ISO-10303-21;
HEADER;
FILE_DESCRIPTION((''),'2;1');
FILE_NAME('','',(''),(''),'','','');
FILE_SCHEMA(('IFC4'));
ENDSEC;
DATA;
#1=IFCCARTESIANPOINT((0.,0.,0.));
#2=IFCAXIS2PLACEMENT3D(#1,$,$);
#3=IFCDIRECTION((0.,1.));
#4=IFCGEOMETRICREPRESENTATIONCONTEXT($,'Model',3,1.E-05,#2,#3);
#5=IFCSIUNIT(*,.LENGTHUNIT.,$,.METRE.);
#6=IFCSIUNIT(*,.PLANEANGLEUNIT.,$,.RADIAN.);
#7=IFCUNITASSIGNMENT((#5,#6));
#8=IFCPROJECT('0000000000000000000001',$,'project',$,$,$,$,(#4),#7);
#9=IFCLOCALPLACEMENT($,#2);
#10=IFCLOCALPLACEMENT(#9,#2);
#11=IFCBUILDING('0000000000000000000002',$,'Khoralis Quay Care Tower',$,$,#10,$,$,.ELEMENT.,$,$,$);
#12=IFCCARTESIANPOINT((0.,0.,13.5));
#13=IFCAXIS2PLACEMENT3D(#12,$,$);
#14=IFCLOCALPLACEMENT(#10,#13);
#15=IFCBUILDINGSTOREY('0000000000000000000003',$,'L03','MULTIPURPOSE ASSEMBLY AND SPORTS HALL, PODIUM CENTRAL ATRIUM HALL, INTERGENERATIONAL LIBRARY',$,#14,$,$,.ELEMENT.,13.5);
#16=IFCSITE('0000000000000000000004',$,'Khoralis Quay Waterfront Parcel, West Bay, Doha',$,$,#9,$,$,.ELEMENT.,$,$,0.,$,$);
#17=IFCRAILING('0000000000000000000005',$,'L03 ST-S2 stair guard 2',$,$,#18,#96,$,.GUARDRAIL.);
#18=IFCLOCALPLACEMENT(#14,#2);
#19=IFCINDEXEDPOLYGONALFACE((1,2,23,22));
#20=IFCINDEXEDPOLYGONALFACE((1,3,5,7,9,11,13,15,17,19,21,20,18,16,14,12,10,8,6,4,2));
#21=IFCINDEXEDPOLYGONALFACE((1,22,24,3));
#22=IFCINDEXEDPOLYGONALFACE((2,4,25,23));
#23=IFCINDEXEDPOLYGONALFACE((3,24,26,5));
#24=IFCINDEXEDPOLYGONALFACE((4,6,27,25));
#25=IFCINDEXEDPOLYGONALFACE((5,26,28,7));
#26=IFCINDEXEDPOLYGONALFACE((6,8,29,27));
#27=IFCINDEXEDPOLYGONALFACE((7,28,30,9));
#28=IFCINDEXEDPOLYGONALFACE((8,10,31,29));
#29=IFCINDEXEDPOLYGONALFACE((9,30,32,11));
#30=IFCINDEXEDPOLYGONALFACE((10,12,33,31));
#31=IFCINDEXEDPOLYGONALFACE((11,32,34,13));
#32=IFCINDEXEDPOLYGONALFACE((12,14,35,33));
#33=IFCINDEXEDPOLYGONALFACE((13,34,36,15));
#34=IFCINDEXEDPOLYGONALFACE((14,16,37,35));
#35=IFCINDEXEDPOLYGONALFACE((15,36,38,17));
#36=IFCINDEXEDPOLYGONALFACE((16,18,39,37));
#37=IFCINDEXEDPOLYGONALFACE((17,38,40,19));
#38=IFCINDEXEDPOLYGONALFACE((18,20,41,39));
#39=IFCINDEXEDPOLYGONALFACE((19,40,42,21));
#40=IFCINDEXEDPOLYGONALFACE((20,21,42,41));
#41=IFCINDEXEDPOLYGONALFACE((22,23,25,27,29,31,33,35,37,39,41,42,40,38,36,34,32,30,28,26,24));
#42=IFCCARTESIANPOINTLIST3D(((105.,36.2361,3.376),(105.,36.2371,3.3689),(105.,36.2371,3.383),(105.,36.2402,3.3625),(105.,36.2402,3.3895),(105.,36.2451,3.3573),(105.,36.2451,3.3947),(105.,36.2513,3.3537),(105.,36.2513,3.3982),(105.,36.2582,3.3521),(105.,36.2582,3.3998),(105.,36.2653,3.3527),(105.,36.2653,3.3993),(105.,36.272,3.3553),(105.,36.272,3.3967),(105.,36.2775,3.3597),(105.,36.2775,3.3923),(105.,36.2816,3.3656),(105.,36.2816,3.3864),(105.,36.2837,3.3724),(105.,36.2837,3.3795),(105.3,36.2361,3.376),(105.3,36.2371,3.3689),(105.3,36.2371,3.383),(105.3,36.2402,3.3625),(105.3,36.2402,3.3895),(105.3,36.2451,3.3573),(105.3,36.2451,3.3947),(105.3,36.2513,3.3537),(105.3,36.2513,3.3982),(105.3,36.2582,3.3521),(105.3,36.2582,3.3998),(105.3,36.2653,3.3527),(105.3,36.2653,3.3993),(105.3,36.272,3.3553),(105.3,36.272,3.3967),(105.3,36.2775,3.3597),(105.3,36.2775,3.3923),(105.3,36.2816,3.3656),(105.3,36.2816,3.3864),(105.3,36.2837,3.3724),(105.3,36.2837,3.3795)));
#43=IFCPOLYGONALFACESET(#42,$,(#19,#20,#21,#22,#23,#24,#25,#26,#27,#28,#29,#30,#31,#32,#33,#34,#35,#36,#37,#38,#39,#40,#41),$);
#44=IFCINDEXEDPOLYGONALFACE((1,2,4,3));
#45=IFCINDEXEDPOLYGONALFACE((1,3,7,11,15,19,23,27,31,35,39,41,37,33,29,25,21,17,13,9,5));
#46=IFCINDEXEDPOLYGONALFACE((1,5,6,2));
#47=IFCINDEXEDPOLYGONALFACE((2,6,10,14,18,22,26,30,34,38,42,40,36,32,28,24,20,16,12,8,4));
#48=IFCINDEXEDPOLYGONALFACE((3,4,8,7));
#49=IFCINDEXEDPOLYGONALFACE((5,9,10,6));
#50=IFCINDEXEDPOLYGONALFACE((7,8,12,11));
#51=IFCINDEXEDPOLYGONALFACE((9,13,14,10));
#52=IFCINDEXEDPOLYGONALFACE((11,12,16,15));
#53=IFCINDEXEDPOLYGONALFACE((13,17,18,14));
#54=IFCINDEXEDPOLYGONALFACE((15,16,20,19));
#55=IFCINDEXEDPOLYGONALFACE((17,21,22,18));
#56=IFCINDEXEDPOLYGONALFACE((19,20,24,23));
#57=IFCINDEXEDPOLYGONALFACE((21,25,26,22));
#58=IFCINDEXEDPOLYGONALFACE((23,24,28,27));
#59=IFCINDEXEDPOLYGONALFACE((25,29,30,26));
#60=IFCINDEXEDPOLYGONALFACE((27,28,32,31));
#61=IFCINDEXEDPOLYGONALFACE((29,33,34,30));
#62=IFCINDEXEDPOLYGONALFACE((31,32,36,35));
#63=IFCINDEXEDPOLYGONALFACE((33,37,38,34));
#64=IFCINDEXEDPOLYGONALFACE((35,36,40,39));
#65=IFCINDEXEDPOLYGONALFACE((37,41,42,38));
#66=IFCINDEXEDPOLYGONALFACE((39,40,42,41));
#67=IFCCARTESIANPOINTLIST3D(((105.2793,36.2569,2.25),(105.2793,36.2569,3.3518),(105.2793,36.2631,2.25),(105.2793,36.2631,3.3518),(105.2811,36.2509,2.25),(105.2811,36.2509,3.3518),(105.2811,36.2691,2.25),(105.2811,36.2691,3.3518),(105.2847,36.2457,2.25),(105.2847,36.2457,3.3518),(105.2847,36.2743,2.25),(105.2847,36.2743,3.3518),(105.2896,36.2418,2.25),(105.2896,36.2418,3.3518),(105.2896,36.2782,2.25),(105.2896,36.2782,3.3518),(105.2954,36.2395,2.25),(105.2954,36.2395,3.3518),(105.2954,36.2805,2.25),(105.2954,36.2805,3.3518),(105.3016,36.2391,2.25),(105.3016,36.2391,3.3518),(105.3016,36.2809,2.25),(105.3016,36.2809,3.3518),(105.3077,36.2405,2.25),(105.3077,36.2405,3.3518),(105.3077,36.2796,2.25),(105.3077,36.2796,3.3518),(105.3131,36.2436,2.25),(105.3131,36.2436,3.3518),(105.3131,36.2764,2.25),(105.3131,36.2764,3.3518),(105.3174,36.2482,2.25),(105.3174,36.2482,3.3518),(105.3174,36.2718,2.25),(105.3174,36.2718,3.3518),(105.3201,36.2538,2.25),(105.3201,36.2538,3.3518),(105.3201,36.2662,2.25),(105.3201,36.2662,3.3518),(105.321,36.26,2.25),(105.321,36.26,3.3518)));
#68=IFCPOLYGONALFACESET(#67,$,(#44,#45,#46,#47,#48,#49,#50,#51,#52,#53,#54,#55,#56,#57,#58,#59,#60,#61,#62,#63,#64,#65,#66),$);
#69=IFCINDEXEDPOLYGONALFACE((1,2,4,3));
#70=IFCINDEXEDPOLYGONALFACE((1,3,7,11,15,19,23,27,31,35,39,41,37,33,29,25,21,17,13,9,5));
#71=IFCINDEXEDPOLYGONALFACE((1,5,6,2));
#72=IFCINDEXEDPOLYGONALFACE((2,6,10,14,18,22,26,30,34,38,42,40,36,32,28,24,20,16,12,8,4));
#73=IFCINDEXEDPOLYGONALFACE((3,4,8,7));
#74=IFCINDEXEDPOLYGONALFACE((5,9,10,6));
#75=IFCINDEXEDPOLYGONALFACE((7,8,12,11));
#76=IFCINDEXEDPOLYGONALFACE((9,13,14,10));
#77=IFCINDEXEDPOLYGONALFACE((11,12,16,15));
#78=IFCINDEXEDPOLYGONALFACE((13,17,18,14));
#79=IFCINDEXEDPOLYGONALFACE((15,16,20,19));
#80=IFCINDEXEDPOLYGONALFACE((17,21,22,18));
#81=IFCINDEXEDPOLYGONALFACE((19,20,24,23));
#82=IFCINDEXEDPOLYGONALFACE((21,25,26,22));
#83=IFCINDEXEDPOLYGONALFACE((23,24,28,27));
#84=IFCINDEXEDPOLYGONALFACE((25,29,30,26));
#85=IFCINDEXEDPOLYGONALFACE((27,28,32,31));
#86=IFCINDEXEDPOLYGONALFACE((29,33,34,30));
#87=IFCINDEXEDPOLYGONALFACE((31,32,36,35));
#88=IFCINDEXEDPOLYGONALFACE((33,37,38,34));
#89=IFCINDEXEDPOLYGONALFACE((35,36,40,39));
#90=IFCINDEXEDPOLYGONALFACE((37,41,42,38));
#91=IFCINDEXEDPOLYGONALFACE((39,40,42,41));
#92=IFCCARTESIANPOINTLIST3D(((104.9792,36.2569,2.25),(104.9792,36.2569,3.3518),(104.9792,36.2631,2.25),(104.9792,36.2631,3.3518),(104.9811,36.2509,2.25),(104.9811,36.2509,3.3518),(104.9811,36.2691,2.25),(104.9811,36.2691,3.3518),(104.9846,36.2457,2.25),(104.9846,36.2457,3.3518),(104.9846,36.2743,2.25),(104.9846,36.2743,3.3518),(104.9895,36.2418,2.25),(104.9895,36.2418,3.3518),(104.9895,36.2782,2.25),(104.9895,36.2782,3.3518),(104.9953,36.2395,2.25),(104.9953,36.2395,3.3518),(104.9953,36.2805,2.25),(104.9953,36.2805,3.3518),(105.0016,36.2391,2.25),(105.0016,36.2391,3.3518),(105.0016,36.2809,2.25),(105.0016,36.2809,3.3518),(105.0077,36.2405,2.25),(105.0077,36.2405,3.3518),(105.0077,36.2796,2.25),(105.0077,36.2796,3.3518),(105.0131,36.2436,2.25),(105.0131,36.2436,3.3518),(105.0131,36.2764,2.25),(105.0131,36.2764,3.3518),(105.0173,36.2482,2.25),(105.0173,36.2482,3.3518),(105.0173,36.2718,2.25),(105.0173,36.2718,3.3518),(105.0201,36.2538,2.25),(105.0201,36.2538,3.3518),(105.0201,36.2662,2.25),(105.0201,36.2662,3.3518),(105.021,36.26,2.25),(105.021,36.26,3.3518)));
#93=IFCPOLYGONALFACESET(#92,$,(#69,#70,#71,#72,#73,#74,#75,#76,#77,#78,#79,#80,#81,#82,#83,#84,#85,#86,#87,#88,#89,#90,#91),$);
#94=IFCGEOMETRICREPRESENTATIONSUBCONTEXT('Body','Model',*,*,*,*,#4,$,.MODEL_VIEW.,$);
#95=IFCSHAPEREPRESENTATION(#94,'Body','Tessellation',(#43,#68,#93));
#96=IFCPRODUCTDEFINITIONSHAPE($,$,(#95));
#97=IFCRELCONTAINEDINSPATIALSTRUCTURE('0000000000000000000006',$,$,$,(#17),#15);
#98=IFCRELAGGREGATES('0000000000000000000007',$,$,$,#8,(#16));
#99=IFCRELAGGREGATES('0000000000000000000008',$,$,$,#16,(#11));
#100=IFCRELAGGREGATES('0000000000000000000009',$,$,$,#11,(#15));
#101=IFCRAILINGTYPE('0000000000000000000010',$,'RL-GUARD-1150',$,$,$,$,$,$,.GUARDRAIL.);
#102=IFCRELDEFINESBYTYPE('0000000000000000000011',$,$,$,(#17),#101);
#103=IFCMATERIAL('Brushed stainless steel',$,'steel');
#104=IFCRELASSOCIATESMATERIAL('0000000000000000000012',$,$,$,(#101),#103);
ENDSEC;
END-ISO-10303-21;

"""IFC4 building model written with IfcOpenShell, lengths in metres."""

from ifc_helpers import new_model, si_unit, direction, frame, origin, origin_2d, place, context, subcontext, project, spatial, circle, extrude, material, type_object, element, save


model = new_model("IFC4")

# Units and contexts
model_context = context("Model", 3, precision=1e-05, world=origin(), true_north=direction((0.0, 1.0)))
body_context = subcontext(model_context, "Body", "Model", "MODEL_VIEW")
ifc_project = project(units=[si_unit("LENGTHUNIT", "METRE"), si_unit("PLANEANGLEUNIT", "RADIAN")], contexts=[model_context])

# Site, building, storey
site_placement = place(None, origin())
site = spatial("IfcSite", under=ifc_project, at=site_placement, Name="Khoralis Quay Waterfront Parcel, West Bay, Doha", CompositionType="ELEMENT", RefElevation=0.0)
building_placement = place(site_placement, origin())
building = spatial("IfcBuilding", under=site, at=building_placement, Name="Khoralis Quay Care Tower", CompositionType="ELEMENT")
storey_placement = place(building_placement, frame((0.0, 0.0, 13.5)))
storey = spatial("IfcBuildingStorey", under=building, at=storey_placement, Name="L03", Description="MULTIPURPOSE ASSEMBLY AND SPORTS HALL, PODIUM CENTRAL ATRIUM HALL, INTERGENERATIONAL LIBRARY", CompositionType="ELEMENT", Elevation=13.5)

# Railing
ifc_material_1 = material(Name="Brushed stainless steel", Category="steel")
railing_type_1 = type_object("IfcRailingType", Name="RL-GUARD-1150", PredefinedType="GUARDRAIL", material=ifc_material_1)
railing_1_placement = place(storey_placement, frame((105.3, 36.26, 2.25)))
element("IfcRailing", 1, at=railing_1_placement, inside=storey, type_object=railing_type_1, Name="L03 ST-S2 stair guard 2", PredefinedType="GUARDRAIL", context=body_context, shape_type="SweptSolid", body=[
    extrude(circle(Radius=0.0239, at=origin_2d()), frame((0.0, 0.0, 1.126), z_axis=(-1.0, 0.0, 0.0), x_axis=(0.0, -1.0, 0.0)), (0.0, 0.0, 1.0), 0.3),
    extrude(circle(Radius=0.021, at=origin_2d()), origin(), (0.0, 0.0, 1.0), 1.1018),
    extrude(circle(Radius=0.021, at=origin_2d()), frame((-0.3, 0.0, 0.0)), (0.0, 0.0, 1.0), 1.1018),
])

save(model, "model.ifc")
